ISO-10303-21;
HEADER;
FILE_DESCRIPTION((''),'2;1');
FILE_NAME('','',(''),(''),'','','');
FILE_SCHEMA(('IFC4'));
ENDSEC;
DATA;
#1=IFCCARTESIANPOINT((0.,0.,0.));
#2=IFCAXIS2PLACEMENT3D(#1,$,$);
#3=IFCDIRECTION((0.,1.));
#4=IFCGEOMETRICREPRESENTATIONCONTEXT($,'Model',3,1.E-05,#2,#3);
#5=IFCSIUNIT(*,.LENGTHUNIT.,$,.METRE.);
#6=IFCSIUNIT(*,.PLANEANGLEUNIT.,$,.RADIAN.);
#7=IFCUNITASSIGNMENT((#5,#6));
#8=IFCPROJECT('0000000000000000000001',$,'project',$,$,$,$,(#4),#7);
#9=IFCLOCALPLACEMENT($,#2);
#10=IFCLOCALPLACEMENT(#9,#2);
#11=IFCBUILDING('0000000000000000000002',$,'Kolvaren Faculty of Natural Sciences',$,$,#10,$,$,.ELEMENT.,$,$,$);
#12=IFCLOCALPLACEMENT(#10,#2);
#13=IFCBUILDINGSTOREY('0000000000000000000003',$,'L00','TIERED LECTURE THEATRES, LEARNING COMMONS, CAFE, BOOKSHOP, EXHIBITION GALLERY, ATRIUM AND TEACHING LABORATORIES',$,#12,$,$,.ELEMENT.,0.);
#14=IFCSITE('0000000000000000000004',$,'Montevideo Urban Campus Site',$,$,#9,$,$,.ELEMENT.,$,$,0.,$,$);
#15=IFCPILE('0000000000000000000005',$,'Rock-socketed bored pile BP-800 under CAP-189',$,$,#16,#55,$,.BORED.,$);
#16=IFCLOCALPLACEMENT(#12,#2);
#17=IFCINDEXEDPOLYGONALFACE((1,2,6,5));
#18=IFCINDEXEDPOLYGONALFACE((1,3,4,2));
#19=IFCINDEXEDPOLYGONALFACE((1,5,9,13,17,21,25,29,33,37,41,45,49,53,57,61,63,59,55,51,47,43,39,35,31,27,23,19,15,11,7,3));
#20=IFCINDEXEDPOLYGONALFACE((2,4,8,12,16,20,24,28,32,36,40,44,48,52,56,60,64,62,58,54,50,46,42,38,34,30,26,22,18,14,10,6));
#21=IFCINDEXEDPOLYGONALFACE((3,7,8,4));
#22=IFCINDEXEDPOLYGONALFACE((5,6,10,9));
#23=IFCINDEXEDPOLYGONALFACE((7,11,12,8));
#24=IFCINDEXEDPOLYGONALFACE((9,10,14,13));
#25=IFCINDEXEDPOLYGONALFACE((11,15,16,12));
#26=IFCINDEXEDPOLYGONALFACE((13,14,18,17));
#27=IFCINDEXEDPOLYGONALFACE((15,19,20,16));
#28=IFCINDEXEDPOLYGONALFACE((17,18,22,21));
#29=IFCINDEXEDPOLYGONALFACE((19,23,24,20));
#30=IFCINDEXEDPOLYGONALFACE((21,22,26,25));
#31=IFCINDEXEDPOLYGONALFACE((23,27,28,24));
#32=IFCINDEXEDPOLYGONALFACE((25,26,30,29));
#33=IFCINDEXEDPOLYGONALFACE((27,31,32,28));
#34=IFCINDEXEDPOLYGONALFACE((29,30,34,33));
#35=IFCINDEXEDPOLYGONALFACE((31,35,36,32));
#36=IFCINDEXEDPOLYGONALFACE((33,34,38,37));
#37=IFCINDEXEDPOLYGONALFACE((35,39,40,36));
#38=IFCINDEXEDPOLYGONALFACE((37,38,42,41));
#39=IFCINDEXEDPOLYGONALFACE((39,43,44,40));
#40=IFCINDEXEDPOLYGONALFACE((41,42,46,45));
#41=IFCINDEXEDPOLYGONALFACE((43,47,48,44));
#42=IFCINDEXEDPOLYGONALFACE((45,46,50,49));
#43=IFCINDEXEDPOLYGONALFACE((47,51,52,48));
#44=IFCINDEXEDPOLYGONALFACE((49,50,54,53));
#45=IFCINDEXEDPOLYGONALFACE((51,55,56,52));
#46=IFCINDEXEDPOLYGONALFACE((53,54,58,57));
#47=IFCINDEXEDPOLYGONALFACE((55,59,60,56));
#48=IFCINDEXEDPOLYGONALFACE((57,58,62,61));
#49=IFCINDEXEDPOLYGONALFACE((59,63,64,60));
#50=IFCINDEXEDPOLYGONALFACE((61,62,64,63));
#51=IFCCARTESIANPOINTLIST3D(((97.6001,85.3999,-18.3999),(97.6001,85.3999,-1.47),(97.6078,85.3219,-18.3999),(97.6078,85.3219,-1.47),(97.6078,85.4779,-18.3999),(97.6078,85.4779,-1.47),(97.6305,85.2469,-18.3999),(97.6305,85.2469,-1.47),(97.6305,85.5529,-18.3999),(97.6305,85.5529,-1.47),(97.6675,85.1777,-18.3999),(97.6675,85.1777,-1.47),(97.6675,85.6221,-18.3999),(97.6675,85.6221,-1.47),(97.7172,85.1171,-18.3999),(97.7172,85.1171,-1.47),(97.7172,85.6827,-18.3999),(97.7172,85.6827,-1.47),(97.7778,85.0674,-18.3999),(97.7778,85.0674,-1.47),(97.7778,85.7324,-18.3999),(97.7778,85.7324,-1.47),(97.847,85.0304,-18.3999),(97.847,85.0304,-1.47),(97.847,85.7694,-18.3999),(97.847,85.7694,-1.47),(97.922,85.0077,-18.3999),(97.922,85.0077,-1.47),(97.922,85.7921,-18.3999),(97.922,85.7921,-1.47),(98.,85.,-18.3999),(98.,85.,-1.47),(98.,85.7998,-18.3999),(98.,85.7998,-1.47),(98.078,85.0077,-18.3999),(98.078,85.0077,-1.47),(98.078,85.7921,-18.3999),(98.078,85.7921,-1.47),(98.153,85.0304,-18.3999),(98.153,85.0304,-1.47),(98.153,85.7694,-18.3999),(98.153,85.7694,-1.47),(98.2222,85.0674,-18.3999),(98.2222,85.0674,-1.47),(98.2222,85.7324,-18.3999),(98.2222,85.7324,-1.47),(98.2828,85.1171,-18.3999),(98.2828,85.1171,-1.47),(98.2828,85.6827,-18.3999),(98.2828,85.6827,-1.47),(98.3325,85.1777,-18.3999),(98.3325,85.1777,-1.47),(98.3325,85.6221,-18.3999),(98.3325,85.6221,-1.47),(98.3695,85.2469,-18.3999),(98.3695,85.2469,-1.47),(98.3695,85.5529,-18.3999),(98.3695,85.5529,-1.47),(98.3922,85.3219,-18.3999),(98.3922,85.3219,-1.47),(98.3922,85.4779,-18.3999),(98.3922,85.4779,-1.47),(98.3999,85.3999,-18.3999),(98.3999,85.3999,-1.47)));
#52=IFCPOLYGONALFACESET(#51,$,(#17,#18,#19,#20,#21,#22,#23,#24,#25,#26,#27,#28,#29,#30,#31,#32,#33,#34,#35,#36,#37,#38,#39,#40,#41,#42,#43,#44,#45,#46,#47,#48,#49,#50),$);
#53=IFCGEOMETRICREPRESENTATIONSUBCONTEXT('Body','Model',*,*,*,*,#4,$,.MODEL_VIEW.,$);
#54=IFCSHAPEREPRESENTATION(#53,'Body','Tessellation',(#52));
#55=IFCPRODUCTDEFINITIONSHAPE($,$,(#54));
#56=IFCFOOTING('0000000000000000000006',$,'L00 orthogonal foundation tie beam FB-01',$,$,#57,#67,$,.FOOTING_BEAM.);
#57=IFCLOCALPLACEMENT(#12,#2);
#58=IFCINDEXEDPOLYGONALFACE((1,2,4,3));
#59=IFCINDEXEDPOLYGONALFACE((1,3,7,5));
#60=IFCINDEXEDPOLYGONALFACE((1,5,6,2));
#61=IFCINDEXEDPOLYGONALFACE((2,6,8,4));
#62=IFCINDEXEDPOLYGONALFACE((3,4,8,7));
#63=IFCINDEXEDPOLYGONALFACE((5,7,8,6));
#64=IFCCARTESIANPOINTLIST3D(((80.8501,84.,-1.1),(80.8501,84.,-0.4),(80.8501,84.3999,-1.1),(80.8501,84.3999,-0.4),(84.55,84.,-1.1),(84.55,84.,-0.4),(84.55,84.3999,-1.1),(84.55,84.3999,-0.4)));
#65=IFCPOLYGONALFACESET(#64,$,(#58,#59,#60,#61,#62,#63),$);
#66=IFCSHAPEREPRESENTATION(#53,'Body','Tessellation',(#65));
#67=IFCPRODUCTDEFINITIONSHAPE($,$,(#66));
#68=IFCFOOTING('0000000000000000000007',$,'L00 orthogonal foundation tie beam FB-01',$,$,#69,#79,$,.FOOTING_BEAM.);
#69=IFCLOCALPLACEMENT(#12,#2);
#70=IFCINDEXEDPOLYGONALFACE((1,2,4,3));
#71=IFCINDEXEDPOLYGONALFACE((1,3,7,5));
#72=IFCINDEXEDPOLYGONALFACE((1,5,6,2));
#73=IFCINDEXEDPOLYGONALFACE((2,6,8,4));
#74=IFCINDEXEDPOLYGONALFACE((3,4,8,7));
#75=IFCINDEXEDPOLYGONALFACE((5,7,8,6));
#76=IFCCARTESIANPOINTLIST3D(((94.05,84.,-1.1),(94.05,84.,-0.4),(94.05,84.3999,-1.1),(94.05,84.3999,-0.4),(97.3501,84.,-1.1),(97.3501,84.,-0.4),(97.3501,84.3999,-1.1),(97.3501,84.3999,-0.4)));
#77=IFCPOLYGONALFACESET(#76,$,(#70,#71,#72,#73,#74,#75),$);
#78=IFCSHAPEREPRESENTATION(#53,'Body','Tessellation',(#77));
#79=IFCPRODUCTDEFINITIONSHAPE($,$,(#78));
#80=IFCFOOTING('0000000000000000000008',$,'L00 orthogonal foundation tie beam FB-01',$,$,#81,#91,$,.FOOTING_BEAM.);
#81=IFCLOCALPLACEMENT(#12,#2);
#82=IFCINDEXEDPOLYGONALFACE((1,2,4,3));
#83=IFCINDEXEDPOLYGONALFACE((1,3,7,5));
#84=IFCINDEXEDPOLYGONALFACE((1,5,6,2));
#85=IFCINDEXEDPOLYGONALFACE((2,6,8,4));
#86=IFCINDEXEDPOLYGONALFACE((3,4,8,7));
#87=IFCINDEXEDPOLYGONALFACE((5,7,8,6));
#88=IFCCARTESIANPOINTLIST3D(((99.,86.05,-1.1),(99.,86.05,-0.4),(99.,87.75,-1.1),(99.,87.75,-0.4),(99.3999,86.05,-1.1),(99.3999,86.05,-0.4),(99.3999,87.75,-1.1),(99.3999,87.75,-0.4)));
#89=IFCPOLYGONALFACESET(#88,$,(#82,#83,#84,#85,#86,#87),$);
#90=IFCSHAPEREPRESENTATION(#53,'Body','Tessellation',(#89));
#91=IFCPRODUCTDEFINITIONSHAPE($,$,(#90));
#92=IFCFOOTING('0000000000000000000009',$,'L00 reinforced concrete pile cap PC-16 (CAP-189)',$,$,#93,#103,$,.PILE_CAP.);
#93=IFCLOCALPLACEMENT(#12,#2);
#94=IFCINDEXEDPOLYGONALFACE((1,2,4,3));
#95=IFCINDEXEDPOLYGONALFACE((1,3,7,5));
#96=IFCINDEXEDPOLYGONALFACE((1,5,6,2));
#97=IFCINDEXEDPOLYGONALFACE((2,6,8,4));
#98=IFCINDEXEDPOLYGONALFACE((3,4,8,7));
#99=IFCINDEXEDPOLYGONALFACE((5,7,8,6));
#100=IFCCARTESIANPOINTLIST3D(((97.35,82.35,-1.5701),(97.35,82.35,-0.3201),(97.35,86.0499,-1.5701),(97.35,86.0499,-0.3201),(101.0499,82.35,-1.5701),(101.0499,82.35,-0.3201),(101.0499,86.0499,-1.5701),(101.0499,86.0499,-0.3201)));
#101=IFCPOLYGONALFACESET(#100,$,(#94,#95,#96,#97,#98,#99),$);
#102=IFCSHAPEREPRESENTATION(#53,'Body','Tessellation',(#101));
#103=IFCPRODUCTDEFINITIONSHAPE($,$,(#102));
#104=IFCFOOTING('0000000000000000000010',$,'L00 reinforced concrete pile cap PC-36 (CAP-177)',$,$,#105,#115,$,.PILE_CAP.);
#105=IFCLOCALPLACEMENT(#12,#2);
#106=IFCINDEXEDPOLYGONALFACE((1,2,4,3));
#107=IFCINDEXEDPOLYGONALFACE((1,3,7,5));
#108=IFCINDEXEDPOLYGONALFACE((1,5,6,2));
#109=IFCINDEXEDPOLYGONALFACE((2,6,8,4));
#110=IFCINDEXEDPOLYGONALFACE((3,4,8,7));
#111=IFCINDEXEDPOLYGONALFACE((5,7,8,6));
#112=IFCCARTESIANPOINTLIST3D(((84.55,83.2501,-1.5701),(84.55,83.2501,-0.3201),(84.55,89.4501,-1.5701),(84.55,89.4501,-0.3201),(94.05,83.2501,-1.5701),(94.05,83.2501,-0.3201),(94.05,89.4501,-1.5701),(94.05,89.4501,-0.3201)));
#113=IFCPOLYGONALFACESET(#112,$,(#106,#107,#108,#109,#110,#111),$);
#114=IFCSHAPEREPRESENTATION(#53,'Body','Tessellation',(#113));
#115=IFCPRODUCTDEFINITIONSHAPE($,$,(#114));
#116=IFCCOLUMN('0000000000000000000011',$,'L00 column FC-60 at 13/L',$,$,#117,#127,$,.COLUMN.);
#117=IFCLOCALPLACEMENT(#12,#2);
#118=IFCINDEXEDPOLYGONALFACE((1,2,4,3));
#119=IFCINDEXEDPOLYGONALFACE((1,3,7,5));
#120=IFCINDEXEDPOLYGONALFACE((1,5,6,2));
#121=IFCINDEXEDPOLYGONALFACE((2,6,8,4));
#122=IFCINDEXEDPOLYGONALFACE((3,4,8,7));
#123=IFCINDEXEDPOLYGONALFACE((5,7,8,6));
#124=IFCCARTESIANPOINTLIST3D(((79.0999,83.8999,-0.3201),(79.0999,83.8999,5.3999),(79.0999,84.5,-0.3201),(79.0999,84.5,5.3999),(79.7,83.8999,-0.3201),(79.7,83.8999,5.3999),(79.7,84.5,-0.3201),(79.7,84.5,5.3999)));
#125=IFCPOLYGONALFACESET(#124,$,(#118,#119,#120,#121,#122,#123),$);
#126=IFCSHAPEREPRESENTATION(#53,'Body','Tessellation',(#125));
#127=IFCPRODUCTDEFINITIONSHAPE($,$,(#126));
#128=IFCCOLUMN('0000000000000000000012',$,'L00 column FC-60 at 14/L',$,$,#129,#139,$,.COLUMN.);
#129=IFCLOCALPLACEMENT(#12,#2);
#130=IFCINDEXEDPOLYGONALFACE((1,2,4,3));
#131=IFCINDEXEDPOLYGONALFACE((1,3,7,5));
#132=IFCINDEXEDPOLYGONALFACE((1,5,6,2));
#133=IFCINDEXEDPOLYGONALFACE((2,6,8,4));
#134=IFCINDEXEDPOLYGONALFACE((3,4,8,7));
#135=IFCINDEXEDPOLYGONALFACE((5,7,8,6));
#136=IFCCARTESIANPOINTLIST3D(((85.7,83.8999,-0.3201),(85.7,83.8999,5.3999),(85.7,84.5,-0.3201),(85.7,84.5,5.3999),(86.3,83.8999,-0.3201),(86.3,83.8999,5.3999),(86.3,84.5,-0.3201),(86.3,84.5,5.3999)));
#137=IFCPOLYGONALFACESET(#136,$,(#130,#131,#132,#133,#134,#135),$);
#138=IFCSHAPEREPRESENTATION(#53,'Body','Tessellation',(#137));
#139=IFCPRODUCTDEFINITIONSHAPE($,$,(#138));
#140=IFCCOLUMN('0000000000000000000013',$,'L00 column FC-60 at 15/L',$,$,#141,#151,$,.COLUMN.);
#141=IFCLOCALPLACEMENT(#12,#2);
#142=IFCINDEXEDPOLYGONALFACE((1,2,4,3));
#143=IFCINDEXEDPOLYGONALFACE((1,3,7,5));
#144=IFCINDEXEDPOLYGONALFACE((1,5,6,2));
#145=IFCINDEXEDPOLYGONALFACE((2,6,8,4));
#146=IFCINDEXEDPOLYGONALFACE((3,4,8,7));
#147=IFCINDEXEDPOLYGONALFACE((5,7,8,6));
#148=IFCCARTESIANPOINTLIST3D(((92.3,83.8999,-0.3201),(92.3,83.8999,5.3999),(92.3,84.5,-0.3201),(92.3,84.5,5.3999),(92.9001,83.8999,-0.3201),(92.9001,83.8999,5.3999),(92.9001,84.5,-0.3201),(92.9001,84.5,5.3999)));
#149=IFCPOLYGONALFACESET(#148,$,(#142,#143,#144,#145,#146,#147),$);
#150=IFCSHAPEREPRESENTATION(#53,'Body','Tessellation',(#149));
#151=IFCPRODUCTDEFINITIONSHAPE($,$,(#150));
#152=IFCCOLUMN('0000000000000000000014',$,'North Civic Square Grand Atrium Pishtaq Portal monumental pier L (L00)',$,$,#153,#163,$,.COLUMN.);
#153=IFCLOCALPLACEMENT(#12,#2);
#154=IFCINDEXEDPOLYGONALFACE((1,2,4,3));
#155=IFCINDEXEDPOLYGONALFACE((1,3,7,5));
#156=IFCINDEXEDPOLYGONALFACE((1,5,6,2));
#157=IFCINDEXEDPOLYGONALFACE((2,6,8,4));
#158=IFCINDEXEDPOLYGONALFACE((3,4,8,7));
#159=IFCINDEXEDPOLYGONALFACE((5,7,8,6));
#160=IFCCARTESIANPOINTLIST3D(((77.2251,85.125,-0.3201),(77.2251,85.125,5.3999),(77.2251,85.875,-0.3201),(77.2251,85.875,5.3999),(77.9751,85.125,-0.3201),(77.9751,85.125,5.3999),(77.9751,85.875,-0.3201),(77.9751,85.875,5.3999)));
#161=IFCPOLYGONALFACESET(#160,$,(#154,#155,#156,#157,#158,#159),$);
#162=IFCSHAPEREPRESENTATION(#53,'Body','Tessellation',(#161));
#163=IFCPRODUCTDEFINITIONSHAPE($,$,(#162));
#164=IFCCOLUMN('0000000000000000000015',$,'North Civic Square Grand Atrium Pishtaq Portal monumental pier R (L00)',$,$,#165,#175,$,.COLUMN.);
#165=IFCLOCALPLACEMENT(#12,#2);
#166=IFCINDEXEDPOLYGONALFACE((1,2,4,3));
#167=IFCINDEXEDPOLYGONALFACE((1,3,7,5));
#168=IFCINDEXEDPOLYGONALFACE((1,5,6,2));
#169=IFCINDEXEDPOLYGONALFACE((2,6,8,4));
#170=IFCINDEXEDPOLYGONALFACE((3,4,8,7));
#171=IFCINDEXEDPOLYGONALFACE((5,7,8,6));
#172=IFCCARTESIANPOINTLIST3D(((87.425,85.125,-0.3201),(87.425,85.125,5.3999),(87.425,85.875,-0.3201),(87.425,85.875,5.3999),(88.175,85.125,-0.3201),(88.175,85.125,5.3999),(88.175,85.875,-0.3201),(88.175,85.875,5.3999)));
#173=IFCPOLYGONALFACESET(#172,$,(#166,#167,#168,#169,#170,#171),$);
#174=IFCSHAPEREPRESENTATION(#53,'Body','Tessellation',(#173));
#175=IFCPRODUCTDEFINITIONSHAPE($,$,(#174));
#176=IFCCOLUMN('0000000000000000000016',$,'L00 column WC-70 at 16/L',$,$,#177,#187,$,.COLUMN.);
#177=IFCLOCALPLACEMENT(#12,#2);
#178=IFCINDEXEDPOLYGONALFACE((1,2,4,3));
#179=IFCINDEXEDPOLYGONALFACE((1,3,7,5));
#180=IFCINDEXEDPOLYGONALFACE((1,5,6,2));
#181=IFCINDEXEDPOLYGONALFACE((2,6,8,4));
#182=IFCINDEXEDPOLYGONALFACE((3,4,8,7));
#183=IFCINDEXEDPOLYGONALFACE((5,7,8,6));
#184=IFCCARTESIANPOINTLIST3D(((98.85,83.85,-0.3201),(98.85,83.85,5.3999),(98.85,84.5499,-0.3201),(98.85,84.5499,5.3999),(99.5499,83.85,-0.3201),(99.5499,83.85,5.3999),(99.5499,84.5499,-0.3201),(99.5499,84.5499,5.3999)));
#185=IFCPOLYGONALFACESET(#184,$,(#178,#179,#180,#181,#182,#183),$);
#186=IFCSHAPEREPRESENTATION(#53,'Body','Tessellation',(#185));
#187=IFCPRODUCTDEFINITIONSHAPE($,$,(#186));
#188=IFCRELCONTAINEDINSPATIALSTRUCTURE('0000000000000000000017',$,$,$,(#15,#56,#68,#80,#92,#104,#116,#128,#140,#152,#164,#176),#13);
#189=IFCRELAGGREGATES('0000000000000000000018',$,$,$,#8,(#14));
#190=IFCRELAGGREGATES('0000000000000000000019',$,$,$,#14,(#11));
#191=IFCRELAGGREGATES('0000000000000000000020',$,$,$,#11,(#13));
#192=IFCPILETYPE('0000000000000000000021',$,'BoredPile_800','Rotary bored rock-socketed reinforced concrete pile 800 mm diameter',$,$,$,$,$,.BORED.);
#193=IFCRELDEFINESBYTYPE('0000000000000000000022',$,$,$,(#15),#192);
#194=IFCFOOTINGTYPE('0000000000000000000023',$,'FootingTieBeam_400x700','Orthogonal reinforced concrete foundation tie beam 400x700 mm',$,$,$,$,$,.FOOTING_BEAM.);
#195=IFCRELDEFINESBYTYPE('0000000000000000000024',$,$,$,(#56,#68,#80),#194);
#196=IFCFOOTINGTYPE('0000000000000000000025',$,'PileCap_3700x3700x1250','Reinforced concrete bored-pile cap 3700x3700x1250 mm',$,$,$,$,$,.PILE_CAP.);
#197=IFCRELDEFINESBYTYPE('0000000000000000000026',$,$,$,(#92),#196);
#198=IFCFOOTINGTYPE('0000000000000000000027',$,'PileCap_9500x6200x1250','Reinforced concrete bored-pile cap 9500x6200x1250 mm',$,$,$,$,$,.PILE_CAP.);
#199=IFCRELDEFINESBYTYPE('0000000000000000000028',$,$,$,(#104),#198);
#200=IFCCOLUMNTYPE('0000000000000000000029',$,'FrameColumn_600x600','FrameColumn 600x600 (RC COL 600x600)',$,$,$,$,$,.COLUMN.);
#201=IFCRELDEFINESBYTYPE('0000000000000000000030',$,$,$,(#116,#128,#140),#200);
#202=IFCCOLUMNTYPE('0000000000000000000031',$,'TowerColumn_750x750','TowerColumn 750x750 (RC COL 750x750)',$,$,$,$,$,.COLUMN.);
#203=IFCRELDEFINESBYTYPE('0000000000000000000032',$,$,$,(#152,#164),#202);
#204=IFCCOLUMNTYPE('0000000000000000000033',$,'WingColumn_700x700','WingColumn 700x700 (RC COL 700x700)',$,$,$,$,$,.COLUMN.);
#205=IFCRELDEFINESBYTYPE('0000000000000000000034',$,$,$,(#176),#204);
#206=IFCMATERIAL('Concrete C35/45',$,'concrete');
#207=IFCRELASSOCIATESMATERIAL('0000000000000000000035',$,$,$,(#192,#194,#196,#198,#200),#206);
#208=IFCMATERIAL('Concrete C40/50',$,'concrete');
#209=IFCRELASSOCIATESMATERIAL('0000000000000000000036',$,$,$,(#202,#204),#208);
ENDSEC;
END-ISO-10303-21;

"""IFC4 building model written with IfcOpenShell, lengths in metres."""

from ifc_helpers import new_model, si_unit, direction, frame, origin, origin_2d, place, context, subcontext, project, spatial, rectangle, circle, extrude, material, material_profile, profile_set, type_object, element, save


model = new_model("IFC4")

# Units and contexts
model_context = context("Model", 3, precision=1e-05, world=origin(), true_north=direction((0.0, 1.0)))
body_context = subcontext(model_context, "Body", "Model", "MODEL_VIEW")
ifc_project = project(units=[si_unit("LENGTHUNIT", "METRE"), si_unit("PLANEANGLEUNIT", "RADIAN")], contexts=[model_context])

# Site, building, storey
site_placement = place(None, origin())
site = spatial("IfcSite", under=ifc_project, at=site_placement, Name="Montevideo Urban Campus Site", CompositionType="ELEMENT", RefElevation=0.0)
building_placement = place(site_placement, origin())
building = spatial("IfcBuilding", under=site, at=building_placement, Name="Kolvaren Faculty of Natural Sciences", CompositionType="ELEMENT")
storey_placement = place(building_placement, origin())
storey = spatial("IfcBuildingStorey", under=building, at=storey_placement, Name="L00", Description="TIERED LECTURE THEATRES, LEARNING COMMONS, CAFE, BOOKSHOP, EXHIBITION GALLERY, ATRIUM AND TEACHING LABORATORIES", CompositionType="ELEMENT", Elevation=0.0)

# Pile
ifc_material_1 = material(Name="Concrete C35/45", Category="concrete")
ifc_material_profile_1 = material_profile(ifc_material_1, circle(Radius=0.3999, at=origin_2d()), Name="PILE D800")
ifc_profile_set_1 = profile_set([ifc_material_profile_1], Name="Concrete C35/45")
pile_type_1 = type_object("IfcPileType", Name="BoredPile_800", Description="Rotary bored rock-socketed reinforced concrete pile 800 mm diameter", PredefinedType="BORED", material=ifc_profile_set_1)
pile_placement = place(storey_placement, frame((98.0, 85.3999, -1.47), z_axis=(0.0, 0.0, -1.0), x_axis=(1.0, 0.0, 0.0)))
element("IfcPile", 1, at=pile_placement, inside=storey, type_object=pile_type_1, Name="Rock-socketed bored pile BP-800 under CAP-189", PredefinedType="BORED", context=body_context, shape_type="SweptSolid", body=[
    extrude(circle(Radius=0.3999, at=origin_2d()), origin(), (0.0, 0.0, 1.0), 16.9299),
])

# Footings
ifc_material_profile_2 = material_profile(ifc_material_1, rectangle(XDim=0.3999, YDim=0.7, at=origin_2d()), Name="RC FB 400x700")
ifc_profile_set_2 = profile_set([ifc_material_profile_2], Name="Concrete C35/45")
footing_type_1 = type_object("IfcFootingType", Name="FootingTieBeam_400x700", Description="Orthogonal reinforced concrete foundation tie beam 400x700 mm", PredefinedType="FOOTING_BEAM", material=ifc_profile_set_2)
footing_1_placement = place(storey_placement, frame((80.8501, 84.2, -0.75), z_axis=(1.0, 0.0, 0.0), x_axis=(0.0, 1.0, 0.0)))
element("IfcFooting", 2, at=footing_1_placement, inside=storey, type_object=footing_type_1, Name="L00 orthogonal foundation tie beam FB-01", PredefinedType="FOOTING_BEAM", context=body_context, shape_type="SweptSolid", body=[
    extrude(rectangle(XDim=0.3999, YDim=0.7, at=origin_2d()), origin(), (0.0, 0.0, 1.0), 3.7),
])
footing_2_placement = place(storey_placement, frame((94.05, 84.2, -0.75), z_axis=(1.0, 0.0, 0.0), x_axis=(0.0, 1.0, 0.0)))
element("IfcFooting", 3, at=footing_2_placement, inside=storey, type_object=footing_type_1, Name="L00 orthogonal foundation tie beam FB-01", PredefinedType="FOOTING_BEAM", context=body_context, shape_type="SweptSolid", body=[
    extrude(rectangle(XDim=0.3999, YDim=0.7, at=origin_2d()), origin(), (0.0, 0.0, 1.0), 3.3),
])
footing_3_placement = place(storey_placement, frame((99.2, 86.05, -0.75), z_axis=(0.0, 1.0, 0.0), x_axis=(-1.0, 0.0, 0.0)))
element("IfcFooting", 4, at=footing_3_placement, inside=storey, type_object=footing_type_1, Name="L00 orthogonal foundation tie beam FB-01", PredefinedType="FOOTING_BEAM", context=body_context, shape_type="SweptSolid", body=[
    extrude(rectangle(XDim=0.3999, YDim=0.7, at=origin_2d()), origin(), (0.0, 0.0, 1.0), 1.7),
])
footing_type_2 = type_object("IfcFootingType", Name="PileCap_3700x3700x1250", Description="Reinforced concrete bored-pile cap 3700x3700x1250 mm", PredefinedType="PILE_CAP", material=ifc_material_1)
footing_4_placement = place(storey_placement, frame((99.2, 84.2, -1.5701), z_axis=(0.0, 0.0, 1.0), x_axis=(1.0, 0.0, 0.0)))
element("IfcFooting", 5, at=footing_4_placement, inside=storey, type_object=footing_type_2, Name="L00 reinforced concrete pile cap PC-16 (CAP-189)", PredefinedType="PILE_CAP", context=body_context, shape_type="SweptSolid", body=[
    extrude(rectangle(XDim=3.7, YDim=3.7, at=origin_2d()), origin(), (0.0, 0.0, 1.0), 1.25),
])
footing_type_3 = type_object("IfcFootingType", Name="PileCap_9500x6200x1250", Description="Reinforced concrete bored-pile cap 9500x6200x1250 mm", PredefinedType="PILE_CAP", material=ifc_material_1)
footing_5_placement = place(storey_placement, frame((89.3, 86.3501, -1.5701), z_axis=(0.0, 0.0, 1.0), x_axis=(1.0, 0.0, 0.0)))
element("IfcFooting", 6, at=footing_5_placement, inside=storey, type_object=footing_type_3, Name="L00 reinforced concrete pile cap PC-36 (CAP-177)", PredefinedType="PILE_CAP", context=body_context, shape_type="SweptSolid", body=[
    extrude(rectangle(XDim=9.5, YDim=6.2, at=origin_2d()), origin(), (0.0, 0.0, 1.0), 1.25),
])

# Columns
ifc_material_profile_3 = material_profile(ifc_material_1, rectangle(XDim=0.6001, YDim=0.6001, at=origin_2d()), Name="RC COL 600x600")
ifc_profile_set_3 = profile_set([ifc_material_profile_3], Name="Concrete C35/45")
column_type_1 = type_object("IfcColumnType", Name="FrameColumn_600x600", Description="FrameColumn 600x600 (RC COL 600x600)", PredefinedType="COLUMN", material=ifc_profile_set_3)
for number, where, z_axis, x_axis, name in (
    (7, (79.3999, 84.2, -0.3201), (0.0, 0.0, 1.0), (1.0, 0.0, 0.0), "L00 column FC-60 at 13/L"),
    (8, (86.0, 84.2, -0.3201), (0.0, 0.0, 1.0), (1.0, 0.0, 0.0), "L00 column FC-60 at 14/L"),
    (9, (92.6001, 84.2, -0.3201), (0.0, 0.0, 1.0), (1.0, 0.0, 0.0), "L00 column FC-60 at 15/L"),
):
    element("IfcColumn", number, at=place(storey_placement, frame(where, z_axis=z_axis, x_axis=x_axis)), inside=storey, type_object=column_type_1, Name=name, PredefinedType="COLUMN", context=body_context, shape_type="SweptSolid", body=[
        extrude(rectangle(XDim=0.6001, YDim=0.6001, at=origin_2d()), origin(), (0.0, 0.0, 1.0), 5.72),
    ])
ifc_material_2 = material(Name="Concrete C40/50", Category="concrete")
ifc_material_profile_4 = material_profile(ifc_material_2, rectangle(XDim=0.75, YDim=0.75, at=origin_2d()), Name="RC COL 750x750")
ifc_profile_set_4 = profile_set([ifc_material_profile_4], Name="Concrete C40/50")
column_type_2 = type_object("IfcColumnType", Name="TowerColumn_750x750", Description="TowerColumn 750x750 (RC COL 750x750)", PredefinedType="COLUMN", material=ifc_profile_set_4)
for number, where, z_axis, x_axis, name in (
    (10, (77.6001, 85.5, -0.3201), (0.0, 0.0, 1.0), (1.0, 0.0, 0.0), "North Civic Square Grand Atrium Pishtaq Portal monumental pier L (L00)"),
    (11, (87.8, 85.5, -0.3201), (0.0, 0.0, 1.0), (1.0, 0.0, 0.0), "North Civic Square Grand Atrium Pishtaq Portal monumental pier R (L00)"),
):
    element("IfcColumn", number, at=place(storey_placement, frame(where, z_axis=z_axis, x_axis=x_axis)), inside=storey, type_object=column_type_2, Name=name, PredefinedType="COLUMN", context=body_context, shape_type="SweptSolid", body=[
        extrude(rectangle(XDim=0.75, YDim=0.75, at=origin_2d()), origin(), (0.0, 0.0, 1.0), 5.72),
    ])
ifc_material_profile_5 = material_profile(ifc_material_2, rectangle(XDim=0.7, YDim=0.7, at=origin_2d()), Name="RC COL 700x700")
ifc_profile_set_5 = profile_set([ifc_material_profile_5], Name="Concrete C40/50")
column_type_3 = type_object("IfcColumnType", Name="WingColumn_700x700", Description="WingColumn 700x700 (RC COL 700x700)", PredefinedType="COLUMN", material=ifc_profile_set_5)
column_placement = place(storey_placement, frame((99.2, 84.2, -0.3201), z_axis=(0.0, 0.0, 1.0), x_axis=(1.0, 0.0, 0.0)))
element("IfcColumn", 12, at=column_placement, inside=storey, type_object=column_type_3, Name="L00 column WC-70 at 16/L", PredefinedType="COLUMN", context=body_context, shape_type="SweptSolid", body=[
    extrude(rectangle(XDim=0.7, YDim=0.7, at=origin_2d()), origin(), (0.0, 0.0, 1.0), 5.72),
])

save(model, "model.ifc")
